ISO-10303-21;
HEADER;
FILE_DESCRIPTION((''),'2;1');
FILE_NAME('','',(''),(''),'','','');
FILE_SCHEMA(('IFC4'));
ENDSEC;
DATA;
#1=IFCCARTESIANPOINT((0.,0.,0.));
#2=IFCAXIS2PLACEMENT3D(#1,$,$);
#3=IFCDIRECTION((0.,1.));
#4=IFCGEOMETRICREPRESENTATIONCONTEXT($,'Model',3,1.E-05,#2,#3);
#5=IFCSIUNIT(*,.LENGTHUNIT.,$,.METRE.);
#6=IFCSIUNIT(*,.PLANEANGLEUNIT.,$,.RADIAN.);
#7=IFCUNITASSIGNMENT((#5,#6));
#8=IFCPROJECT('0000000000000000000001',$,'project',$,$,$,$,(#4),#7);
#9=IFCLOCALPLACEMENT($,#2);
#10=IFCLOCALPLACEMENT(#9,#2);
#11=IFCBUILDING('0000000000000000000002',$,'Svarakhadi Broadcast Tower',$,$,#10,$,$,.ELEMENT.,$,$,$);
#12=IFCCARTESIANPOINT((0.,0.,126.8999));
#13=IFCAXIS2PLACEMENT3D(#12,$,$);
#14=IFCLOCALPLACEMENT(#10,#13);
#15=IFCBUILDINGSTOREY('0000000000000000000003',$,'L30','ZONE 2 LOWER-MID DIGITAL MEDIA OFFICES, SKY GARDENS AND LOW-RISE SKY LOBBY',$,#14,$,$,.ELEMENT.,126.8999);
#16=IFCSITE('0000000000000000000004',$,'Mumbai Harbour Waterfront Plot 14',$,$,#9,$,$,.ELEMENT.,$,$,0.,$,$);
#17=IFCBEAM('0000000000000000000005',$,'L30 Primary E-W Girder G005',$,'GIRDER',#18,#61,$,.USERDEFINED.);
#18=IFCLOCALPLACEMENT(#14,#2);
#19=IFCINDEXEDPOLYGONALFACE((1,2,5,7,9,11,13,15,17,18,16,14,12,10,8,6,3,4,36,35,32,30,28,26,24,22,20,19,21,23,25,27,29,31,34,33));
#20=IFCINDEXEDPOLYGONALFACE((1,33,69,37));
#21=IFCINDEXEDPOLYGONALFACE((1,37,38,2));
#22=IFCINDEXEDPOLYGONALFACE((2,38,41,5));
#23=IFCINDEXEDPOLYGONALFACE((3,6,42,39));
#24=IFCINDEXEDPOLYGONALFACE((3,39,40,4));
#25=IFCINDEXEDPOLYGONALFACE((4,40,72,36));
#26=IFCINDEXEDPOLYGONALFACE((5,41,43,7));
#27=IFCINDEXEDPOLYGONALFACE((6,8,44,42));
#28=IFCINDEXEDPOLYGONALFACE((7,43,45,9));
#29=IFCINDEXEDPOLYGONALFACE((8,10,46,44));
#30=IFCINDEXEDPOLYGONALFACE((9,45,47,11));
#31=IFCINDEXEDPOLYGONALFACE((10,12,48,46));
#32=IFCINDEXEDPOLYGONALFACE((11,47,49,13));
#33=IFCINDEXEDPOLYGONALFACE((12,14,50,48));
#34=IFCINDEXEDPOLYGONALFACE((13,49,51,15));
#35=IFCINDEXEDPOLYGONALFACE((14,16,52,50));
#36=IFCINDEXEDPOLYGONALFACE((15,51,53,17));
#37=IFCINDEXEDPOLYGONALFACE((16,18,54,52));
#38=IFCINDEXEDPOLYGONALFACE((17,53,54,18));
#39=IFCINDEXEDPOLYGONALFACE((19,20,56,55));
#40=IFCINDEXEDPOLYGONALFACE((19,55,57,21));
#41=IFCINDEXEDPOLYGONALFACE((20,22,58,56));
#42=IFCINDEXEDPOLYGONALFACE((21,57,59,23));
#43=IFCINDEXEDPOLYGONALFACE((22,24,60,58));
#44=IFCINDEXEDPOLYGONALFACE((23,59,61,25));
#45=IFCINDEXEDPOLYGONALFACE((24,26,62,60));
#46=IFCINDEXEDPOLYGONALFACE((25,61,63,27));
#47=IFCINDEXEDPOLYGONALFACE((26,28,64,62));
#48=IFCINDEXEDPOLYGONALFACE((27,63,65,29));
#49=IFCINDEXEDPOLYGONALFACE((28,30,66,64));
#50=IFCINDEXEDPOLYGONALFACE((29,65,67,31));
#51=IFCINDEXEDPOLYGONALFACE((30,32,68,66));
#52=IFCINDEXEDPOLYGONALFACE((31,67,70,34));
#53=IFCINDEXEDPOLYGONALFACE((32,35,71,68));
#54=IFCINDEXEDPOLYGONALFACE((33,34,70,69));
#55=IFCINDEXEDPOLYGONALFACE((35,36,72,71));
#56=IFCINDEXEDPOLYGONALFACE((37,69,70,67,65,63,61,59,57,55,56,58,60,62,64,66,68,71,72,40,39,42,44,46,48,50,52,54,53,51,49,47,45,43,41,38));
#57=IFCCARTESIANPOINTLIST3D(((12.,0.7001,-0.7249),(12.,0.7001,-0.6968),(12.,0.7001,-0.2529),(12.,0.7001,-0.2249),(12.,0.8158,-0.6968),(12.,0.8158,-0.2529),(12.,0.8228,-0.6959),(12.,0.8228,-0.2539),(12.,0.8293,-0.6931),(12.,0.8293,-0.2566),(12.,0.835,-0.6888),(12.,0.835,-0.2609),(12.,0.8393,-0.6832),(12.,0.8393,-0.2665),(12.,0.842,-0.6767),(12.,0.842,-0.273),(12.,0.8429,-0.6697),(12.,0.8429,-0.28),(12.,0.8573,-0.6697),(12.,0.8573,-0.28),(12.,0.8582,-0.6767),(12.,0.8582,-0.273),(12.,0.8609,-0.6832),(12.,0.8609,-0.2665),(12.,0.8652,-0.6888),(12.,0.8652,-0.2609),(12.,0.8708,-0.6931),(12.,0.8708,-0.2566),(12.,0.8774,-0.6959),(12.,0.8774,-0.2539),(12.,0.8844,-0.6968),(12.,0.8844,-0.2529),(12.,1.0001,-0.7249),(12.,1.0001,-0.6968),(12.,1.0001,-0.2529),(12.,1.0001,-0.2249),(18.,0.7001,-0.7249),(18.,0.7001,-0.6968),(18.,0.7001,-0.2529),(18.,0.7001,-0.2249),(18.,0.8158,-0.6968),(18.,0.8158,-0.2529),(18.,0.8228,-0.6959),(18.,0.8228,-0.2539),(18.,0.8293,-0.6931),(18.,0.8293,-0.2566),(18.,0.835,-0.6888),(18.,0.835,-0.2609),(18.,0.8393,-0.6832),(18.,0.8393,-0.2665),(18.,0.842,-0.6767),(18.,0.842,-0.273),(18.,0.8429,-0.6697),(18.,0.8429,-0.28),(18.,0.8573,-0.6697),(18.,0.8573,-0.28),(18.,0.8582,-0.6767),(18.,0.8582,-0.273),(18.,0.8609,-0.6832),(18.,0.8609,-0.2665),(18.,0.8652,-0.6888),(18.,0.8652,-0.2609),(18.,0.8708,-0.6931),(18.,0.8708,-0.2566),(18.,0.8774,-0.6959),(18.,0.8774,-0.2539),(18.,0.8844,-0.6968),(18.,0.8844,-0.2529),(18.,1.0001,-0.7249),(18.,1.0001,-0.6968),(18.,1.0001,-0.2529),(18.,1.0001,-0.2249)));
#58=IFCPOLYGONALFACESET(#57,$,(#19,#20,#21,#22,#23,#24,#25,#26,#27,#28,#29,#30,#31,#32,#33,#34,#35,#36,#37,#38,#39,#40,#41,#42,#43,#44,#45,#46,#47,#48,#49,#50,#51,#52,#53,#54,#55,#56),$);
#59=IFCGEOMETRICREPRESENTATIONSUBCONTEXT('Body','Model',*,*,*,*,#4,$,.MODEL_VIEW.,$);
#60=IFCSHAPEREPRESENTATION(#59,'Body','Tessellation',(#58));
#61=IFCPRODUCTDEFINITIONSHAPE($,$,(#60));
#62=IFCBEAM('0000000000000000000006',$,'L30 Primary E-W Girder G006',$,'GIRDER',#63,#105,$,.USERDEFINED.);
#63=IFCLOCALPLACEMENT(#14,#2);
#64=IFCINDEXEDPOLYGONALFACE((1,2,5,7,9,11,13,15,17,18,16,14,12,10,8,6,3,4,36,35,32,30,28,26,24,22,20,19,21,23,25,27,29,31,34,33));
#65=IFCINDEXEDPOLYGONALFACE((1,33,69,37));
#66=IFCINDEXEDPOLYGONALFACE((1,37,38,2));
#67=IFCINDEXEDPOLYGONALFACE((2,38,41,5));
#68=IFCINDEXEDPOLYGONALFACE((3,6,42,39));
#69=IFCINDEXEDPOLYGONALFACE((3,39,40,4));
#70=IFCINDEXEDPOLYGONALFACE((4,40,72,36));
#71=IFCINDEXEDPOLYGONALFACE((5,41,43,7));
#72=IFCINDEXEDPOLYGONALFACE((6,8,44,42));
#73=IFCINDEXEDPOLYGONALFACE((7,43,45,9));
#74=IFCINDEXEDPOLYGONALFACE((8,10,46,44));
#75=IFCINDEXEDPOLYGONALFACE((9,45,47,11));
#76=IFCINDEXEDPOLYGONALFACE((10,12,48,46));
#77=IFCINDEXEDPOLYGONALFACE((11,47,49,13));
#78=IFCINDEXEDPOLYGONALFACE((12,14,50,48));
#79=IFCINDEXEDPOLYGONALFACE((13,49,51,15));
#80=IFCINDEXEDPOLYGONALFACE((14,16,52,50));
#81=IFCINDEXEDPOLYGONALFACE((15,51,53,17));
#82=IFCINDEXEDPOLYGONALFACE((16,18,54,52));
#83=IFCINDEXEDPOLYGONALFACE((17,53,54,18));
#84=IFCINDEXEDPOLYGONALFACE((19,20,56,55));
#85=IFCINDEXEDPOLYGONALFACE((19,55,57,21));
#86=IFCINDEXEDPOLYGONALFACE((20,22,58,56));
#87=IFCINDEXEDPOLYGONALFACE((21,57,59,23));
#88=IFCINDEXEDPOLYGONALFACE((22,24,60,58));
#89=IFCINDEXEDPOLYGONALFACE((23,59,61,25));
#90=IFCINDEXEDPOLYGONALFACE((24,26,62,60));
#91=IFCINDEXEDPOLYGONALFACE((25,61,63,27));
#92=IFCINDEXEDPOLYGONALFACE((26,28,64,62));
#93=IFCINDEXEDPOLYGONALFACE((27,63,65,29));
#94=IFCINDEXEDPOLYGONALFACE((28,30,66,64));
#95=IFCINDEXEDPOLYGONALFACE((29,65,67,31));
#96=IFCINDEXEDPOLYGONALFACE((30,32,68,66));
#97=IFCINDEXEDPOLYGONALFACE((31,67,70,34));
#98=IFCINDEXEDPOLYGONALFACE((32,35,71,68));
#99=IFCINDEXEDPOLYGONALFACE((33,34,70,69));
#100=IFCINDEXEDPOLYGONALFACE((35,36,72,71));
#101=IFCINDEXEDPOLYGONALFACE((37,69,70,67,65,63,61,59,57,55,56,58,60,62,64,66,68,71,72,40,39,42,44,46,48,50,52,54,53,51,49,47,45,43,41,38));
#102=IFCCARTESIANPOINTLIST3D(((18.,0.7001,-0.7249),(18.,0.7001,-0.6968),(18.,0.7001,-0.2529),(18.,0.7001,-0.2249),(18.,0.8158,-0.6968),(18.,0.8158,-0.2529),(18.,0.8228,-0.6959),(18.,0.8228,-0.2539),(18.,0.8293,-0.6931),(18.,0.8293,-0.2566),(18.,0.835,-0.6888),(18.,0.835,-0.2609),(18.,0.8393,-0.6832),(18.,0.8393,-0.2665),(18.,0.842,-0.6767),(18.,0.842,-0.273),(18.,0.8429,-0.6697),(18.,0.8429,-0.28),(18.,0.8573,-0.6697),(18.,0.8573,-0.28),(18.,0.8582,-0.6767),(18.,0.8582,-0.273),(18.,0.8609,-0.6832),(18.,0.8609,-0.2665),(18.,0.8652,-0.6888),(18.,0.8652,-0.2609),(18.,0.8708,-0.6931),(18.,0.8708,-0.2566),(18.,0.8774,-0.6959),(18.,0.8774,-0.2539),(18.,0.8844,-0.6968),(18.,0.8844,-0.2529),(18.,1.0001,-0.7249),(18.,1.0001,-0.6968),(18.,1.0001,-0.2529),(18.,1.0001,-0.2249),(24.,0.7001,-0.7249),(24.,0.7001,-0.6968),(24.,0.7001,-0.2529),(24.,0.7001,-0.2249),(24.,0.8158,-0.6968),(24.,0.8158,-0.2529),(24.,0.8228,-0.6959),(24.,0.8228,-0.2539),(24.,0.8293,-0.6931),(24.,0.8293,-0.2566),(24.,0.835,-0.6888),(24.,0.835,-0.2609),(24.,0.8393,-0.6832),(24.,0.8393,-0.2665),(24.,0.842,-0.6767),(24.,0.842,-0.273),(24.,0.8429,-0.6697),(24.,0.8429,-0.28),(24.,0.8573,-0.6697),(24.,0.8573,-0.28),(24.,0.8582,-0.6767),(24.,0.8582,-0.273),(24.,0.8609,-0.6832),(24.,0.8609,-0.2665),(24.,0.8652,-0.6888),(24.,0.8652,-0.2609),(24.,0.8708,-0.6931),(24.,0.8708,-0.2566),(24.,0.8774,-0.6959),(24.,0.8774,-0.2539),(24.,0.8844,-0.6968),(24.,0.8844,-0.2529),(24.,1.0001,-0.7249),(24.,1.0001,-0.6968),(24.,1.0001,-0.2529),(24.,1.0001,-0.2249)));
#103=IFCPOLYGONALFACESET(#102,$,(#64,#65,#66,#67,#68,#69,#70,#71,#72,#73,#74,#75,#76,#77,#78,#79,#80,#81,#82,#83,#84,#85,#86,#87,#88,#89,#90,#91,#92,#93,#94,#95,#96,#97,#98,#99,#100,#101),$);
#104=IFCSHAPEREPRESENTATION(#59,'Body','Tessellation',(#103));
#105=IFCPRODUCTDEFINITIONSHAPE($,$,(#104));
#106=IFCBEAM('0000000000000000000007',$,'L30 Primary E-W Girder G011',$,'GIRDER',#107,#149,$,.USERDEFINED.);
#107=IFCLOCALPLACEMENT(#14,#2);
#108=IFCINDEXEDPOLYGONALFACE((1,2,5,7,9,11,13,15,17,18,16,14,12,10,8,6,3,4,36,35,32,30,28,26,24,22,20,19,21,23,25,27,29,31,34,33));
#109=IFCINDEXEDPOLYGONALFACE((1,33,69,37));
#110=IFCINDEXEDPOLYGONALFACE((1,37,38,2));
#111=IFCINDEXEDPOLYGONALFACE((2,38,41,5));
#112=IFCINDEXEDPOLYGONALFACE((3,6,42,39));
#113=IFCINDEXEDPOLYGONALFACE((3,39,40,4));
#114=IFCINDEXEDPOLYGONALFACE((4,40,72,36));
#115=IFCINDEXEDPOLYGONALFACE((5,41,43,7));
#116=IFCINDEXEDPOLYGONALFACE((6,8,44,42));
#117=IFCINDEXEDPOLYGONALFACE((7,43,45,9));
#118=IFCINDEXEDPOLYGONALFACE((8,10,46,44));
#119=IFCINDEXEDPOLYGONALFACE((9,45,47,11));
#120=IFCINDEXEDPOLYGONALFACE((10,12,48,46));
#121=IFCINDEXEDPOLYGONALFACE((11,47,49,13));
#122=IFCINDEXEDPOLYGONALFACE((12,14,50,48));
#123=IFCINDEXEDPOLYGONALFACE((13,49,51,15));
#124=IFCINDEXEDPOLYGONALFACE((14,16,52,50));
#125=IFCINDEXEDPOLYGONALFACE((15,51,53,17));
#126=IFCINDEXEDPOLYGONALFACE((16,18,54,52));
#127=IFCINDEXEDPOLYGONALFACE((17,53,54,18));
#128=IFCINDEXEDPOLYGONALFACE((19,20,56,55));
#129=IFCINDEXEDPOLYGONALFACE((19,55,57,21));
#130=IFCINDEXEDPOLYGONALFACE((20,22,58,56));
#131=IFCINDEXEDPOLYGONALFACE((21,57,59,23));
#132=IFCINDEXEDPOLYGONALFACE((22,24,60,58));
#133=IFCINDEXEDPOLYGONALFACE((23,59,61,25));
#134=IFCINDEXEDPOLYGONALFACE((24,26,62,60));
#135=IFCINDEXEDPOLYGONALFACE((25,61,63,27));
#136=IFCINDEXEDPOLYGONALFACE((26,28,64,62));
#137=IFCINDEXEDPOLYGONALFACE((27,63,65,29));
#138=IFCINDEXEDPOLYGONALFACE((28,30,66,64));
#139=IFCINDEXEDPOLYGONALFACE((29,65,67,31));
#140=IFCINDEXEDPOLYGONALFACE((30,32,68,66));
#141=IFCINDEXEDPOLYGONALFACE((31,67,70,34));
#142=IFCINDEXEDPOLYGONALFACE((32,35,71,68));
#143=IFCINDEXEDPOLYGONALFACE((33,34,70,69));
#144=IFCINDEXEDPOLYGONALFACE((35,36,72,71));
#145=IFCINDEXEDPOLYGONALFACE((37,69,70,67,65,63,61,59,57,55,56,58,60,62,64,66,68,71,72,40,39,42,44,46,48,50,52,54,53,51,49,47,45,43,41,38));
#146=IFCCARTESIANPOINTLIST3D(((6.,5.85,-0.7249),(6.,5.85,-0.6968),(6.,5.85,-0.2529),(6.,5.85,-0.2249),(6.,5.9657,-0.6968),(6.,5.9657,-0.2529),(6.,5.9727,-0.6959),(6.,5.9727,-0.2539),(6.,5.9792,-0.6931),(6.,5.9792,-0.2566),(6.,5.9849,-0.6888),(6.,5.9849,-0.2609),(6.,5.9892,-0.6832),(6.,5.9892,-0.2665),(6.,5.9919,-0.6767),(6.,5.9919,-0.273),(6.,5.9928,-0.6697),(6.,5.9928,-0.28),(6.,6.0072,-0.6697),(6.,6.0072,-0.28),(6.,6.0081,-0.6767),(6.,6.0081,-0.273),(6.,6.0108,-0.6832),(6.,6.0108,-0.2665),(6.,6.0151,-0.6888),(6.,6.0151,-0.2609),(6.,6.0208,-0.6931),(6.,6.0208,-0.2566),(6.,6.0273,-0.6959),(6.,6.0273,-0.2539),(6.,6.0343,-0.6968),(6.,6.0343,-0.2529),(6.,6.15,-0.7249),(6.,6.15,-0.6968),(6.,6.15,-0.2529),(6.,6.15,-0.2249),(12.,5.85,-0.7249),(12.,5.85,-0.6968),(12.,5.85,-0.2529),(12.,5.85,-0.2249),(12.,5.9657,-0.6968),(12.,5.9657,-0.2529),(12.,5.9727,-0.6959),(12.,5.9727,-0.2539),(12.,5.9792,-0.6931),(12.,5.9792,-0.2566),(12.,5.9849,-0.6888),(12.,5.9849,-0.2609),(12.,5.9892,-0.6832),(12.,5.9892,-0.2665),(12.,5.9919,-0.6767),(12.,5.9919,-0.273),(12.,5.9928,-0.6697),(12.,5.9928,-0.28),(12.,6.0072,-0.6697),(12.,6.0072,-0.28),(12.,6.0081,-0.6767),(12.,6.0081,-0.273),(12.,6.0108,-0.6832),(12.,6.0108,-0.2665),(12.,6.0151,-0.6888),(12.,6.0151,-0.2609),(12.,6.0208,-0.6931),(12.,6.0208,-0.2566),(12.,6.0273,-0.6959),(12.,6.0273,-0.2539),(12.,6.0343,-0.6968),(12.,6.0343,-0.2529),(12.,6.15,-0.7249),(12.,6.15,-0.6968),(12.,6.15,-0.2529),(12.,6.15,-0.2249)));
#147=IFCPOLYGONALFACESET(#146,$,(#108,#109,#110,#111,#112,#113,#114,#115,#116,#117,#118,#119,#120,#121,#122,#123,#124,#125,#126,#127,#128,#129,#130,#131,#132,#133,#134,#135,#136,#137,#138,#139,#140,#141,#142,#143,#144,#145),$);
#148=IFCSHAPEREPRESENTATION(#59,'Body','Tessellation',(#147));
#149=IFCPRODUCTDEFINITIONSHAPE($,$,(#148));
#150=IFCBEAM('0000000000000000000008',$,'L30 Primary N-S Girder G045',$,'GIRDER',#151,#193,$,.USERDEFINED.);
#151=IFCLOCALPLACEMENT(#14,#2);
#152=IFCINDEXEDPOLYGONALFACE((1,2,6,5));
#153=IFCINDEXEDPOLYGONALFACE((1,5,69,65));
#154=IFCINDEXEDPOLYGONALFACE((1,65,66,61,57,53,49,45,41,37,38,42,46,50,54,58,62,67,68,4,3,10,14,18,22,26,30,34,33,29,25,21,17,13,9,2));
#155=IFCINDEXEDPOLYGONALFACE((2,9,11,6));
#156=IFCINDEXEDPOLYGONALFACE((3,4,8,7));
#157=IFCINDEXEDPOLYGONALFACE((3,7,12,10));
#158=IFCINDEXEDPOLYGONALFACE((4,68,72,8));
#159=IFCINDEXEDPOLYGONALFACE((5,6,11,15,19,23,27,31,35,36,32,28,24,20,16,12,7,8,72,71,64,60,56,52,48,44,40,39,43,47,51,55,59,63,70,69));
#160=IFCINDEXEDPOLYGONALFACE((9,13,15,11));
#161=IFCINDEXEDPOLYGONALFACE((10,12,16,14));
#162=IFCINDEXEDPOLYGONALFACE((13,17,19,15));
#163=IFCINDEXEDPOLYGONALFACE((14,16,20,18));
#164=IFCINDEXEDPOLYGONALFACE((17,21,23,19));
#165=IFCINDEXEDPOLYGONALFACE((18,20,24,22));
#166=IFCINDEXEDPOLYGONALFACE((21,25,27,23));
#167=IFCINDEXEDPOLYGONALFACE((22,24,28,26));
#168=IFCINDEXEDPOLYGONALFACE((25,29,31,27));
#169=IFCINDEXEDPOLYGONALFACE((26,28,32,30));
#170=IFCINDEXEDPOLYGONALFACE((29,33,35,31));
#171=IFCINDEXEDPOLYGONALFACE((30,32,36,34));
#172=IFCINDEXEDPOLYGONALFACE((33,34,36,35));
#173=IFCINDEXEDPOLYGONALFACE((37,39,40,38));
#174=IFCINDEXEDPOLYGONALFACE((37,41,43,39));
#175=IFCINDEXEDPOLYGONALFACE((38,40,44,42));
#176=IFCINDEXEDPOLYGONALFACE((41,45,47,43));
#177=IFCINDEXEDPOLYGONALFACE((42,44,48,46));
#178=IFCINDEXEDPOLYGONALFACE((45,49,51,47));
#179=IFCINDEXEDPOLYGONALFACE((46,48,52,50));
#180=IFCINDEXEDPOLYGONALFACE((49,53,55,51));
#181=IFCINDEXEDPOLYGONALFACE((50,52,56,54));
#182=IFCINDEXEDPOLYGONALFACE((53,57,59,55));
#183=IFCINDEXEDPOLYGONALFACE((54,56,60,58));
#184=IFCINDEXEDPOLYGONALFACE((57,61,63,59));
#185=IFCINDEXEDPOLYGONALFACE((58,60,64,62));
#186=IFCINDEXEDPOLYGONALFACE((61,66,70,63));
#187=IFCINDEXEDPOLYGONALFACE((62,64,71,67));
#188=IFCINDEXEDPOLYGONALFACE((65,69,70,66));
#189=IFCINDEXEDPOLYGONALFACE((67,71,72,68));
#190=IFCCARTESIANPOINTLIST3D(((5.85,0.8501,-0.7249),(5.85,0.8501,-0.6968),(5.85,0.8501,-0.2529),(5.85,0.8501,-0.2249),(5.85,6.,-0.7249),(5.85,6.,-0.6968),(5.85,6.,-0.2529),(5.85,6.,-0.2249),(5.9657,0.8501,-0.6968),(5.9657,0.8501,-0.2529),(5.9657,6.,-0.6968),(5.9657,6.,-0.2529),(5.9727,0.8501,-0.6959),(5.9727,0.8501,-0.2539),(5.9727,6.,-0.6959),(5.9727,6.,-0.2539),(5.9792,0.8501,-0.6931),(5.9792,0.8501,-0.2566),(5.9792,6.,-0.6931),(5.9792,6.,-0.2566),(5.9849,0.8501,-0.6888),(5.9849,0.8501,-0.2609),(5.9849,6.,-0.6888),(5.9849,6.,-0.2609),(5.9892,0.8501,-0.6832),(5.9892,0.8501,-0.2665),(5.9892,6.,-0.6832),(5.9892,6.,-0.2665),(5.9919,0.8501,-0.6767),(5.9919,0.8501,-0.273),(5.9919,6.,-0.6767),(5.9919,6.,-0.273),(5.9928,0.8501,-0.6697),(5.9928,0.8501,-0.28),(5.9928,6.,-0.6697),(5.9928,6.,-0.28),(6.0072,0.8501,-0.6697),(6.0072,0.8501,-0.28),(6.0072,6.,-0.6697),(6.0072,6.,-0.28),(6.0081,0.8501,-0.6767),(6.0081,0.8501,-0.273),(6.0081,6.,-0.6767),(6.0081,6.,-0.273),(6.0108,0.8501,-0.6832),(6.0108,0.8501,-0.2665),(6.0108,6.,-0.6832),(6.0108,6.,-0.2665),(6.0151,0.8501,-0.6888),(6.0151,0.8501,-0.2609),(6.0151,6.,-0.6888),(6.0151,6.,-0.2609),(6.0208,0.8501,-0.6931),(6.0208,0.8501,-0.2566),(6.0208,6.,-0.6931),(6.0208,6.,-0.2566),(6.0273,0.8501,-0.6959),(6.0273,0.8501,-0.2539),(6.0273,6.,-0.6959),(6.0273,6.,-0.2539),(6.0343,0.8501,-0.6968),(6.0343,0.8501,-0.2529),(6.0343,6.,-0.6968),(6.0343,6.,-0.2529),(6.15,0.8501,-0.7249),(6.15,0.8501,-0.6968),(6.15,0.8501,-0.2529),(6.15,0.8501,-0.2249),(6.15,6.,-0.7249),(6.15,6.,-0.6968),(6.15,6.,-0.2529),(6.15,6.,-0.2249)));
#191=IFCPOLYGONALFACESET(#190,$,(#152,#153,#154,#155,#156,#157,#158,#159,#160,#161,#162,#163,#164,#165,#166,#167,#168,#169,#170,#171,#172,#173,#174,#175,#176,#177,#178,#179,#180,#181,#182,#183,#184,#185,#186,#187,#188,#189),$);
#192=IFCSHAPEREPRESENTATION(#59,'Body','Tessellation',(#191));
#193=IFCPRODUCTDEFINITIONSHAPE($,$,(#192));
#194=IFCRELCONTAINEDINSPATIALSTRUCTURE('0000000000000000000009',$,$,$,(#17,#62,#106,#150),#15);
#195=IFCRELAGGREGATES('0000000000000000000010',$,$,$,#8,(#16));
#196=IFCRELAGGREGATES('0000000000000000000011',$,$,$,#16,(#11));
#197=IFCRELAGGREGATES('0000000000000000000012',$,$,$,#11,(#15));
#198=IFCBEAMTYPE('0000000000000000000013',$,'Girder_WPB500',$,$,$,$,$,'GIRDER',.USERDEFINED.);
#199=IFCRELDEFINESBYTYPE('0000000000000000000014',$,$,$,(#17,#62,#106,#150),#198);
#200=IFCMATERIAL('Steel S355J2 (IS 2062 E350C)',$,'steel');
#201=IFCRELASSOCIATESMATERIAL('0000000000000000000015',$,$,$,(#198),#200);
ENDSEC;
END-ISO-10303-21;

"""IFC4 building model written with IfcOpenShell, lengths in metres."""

from ifc_helpers import new_model, si_unit, direction, frame, origin, origin_2d, place, context, subcontext, project, spatial, i_section, extrude, material, material_profile, profile_set, type_object, element, save


model = new_model("IFC4")

# Units and contexts
model_context = context("Model", 3, precision=1e-05, world=origin(), true_north=direction((0.0, 1.0)))
body_context = subcontext(model_context, "Body", "Model", "MODEL_VIEW")
ifc_project = project(units=[si_unit("LENGTHUNIT", "METRE"), si_unit("PLANEANGLEUNIT", "RADIAN")], contexts=[model_context])

# Site, building, storey
site_placement = place(None, origin())
site = spatial("IfcSite", under=ifc_project, at=site_placement, Name="Mumbai Harbour Waterfront Plot 14", CompositionType="ELEMENT", RefElevation=0.0)
building_placement = place(site_placement, origin())
building = spatial("IfcBuilding", under=site, at=building_placement, Name="Svarakhadi Broadcast Tower", CompositionType="ELEMENT")
storey_placement = place(building_placement, frame((0.0, 0.0, 126.8999)))
storey = spatial("IfcBuildingStorey", under=building, at=storey_placement, Name="L30", Description="ZONE 2 LOWER-MID DIGITAL MEDIA OFFICES, SKY GARDENS AND LOW-RISE SKY LOBBY", CompositionType="ELEMENT", Elevation=126.8999)

# Shared definitions
ifc_material_1 = material(Name="Steel S355J2 (IS 2062 E350C)", Category="steel")

# Beams
ifc_material_profile_1 = material_profile(ifc_material_1, i_section(OverallWidth=0.3, OverallDepth=0.5, WebThickness=0.0144, FlangeThickness=0.0281, FilletRadius=0.0271, at=origin_2d()), Name="WPB 500x300x187")
ifc_profile_set_1 = profile_set([ifc_material_profile_1], Name="Steel S355J2 (IS 2062 E350C)")
beam_type_1 = type_object("IfcBeamType", Name="Girder_WPB500", ElementType="GIRDER", PredefinedType="USERDEFINED", material=ifc_profile_set_1)
for number, where, z_axis, x_axis, name in (
    (1, (12.0, 0.8501, -0.4749), (1.0, 0.0, 0.0), (0.0, 1.0, 0.0), "L30 Primary E-W Girder G005"),
    (2, (18.0, 0.8501, -0.4749), (1.0, 0.0, 0.0), (0.0, 1.0, 0.0), "L30 Primary E-W Girder G006"),
    (3, (6.0, 6.0, -0.4749), (1.0, 0.0, 0.0), (0.0, 1.0, 0.0), "L30 Primary E-W Girder G011"),
):
    element("IfcBeam", number, at=place(storey_placement, frame(where, z_axis=z_axis, x_axis=x_axis)), inside=storey, type_object=beam_type_1, Name=name, ObjectType="GIRDER", PredefinedType="USERDEFINED", context=body_context, shape_type="SweptSolid", body=[
        extrude(i_section(OverallWidth=0.3, OverallDepth=0.5, WebThickness=0.0144, FlangeThickness=0.0281, FilletRadius=0.0271, at=origin_2d()), origin(), (0.0, 0.0, 1.0), 6.0),
    ])
beam_1_placement = place(storey_placement, frame((6.0, 0.8501, -0.4749), z_axis=(0.0, 1.0, 0.0), x_axis=(-1.0, 0.0, 0.0)))
element("IfcBeam", 4, at=beam_1_placement, inside=storey, type_object=beam_type_1, Name="L30 Primary N-S Girder G045", ObjectType="GIRDER", PredefinedType="USERDEFINED", context=body_context, shape_type="SweptSolid", body=[
    extrude(i_section(OverallWidth=0.3, OverallDepth=0.5, WebThickness=0.0144, FlangeThickness=0.0281, FilletRadius=0.0271, at=origin_2d()), origin(), (0.0, 0.0, 1.0), 5.1499),
])

save(model, "model.ifc")
